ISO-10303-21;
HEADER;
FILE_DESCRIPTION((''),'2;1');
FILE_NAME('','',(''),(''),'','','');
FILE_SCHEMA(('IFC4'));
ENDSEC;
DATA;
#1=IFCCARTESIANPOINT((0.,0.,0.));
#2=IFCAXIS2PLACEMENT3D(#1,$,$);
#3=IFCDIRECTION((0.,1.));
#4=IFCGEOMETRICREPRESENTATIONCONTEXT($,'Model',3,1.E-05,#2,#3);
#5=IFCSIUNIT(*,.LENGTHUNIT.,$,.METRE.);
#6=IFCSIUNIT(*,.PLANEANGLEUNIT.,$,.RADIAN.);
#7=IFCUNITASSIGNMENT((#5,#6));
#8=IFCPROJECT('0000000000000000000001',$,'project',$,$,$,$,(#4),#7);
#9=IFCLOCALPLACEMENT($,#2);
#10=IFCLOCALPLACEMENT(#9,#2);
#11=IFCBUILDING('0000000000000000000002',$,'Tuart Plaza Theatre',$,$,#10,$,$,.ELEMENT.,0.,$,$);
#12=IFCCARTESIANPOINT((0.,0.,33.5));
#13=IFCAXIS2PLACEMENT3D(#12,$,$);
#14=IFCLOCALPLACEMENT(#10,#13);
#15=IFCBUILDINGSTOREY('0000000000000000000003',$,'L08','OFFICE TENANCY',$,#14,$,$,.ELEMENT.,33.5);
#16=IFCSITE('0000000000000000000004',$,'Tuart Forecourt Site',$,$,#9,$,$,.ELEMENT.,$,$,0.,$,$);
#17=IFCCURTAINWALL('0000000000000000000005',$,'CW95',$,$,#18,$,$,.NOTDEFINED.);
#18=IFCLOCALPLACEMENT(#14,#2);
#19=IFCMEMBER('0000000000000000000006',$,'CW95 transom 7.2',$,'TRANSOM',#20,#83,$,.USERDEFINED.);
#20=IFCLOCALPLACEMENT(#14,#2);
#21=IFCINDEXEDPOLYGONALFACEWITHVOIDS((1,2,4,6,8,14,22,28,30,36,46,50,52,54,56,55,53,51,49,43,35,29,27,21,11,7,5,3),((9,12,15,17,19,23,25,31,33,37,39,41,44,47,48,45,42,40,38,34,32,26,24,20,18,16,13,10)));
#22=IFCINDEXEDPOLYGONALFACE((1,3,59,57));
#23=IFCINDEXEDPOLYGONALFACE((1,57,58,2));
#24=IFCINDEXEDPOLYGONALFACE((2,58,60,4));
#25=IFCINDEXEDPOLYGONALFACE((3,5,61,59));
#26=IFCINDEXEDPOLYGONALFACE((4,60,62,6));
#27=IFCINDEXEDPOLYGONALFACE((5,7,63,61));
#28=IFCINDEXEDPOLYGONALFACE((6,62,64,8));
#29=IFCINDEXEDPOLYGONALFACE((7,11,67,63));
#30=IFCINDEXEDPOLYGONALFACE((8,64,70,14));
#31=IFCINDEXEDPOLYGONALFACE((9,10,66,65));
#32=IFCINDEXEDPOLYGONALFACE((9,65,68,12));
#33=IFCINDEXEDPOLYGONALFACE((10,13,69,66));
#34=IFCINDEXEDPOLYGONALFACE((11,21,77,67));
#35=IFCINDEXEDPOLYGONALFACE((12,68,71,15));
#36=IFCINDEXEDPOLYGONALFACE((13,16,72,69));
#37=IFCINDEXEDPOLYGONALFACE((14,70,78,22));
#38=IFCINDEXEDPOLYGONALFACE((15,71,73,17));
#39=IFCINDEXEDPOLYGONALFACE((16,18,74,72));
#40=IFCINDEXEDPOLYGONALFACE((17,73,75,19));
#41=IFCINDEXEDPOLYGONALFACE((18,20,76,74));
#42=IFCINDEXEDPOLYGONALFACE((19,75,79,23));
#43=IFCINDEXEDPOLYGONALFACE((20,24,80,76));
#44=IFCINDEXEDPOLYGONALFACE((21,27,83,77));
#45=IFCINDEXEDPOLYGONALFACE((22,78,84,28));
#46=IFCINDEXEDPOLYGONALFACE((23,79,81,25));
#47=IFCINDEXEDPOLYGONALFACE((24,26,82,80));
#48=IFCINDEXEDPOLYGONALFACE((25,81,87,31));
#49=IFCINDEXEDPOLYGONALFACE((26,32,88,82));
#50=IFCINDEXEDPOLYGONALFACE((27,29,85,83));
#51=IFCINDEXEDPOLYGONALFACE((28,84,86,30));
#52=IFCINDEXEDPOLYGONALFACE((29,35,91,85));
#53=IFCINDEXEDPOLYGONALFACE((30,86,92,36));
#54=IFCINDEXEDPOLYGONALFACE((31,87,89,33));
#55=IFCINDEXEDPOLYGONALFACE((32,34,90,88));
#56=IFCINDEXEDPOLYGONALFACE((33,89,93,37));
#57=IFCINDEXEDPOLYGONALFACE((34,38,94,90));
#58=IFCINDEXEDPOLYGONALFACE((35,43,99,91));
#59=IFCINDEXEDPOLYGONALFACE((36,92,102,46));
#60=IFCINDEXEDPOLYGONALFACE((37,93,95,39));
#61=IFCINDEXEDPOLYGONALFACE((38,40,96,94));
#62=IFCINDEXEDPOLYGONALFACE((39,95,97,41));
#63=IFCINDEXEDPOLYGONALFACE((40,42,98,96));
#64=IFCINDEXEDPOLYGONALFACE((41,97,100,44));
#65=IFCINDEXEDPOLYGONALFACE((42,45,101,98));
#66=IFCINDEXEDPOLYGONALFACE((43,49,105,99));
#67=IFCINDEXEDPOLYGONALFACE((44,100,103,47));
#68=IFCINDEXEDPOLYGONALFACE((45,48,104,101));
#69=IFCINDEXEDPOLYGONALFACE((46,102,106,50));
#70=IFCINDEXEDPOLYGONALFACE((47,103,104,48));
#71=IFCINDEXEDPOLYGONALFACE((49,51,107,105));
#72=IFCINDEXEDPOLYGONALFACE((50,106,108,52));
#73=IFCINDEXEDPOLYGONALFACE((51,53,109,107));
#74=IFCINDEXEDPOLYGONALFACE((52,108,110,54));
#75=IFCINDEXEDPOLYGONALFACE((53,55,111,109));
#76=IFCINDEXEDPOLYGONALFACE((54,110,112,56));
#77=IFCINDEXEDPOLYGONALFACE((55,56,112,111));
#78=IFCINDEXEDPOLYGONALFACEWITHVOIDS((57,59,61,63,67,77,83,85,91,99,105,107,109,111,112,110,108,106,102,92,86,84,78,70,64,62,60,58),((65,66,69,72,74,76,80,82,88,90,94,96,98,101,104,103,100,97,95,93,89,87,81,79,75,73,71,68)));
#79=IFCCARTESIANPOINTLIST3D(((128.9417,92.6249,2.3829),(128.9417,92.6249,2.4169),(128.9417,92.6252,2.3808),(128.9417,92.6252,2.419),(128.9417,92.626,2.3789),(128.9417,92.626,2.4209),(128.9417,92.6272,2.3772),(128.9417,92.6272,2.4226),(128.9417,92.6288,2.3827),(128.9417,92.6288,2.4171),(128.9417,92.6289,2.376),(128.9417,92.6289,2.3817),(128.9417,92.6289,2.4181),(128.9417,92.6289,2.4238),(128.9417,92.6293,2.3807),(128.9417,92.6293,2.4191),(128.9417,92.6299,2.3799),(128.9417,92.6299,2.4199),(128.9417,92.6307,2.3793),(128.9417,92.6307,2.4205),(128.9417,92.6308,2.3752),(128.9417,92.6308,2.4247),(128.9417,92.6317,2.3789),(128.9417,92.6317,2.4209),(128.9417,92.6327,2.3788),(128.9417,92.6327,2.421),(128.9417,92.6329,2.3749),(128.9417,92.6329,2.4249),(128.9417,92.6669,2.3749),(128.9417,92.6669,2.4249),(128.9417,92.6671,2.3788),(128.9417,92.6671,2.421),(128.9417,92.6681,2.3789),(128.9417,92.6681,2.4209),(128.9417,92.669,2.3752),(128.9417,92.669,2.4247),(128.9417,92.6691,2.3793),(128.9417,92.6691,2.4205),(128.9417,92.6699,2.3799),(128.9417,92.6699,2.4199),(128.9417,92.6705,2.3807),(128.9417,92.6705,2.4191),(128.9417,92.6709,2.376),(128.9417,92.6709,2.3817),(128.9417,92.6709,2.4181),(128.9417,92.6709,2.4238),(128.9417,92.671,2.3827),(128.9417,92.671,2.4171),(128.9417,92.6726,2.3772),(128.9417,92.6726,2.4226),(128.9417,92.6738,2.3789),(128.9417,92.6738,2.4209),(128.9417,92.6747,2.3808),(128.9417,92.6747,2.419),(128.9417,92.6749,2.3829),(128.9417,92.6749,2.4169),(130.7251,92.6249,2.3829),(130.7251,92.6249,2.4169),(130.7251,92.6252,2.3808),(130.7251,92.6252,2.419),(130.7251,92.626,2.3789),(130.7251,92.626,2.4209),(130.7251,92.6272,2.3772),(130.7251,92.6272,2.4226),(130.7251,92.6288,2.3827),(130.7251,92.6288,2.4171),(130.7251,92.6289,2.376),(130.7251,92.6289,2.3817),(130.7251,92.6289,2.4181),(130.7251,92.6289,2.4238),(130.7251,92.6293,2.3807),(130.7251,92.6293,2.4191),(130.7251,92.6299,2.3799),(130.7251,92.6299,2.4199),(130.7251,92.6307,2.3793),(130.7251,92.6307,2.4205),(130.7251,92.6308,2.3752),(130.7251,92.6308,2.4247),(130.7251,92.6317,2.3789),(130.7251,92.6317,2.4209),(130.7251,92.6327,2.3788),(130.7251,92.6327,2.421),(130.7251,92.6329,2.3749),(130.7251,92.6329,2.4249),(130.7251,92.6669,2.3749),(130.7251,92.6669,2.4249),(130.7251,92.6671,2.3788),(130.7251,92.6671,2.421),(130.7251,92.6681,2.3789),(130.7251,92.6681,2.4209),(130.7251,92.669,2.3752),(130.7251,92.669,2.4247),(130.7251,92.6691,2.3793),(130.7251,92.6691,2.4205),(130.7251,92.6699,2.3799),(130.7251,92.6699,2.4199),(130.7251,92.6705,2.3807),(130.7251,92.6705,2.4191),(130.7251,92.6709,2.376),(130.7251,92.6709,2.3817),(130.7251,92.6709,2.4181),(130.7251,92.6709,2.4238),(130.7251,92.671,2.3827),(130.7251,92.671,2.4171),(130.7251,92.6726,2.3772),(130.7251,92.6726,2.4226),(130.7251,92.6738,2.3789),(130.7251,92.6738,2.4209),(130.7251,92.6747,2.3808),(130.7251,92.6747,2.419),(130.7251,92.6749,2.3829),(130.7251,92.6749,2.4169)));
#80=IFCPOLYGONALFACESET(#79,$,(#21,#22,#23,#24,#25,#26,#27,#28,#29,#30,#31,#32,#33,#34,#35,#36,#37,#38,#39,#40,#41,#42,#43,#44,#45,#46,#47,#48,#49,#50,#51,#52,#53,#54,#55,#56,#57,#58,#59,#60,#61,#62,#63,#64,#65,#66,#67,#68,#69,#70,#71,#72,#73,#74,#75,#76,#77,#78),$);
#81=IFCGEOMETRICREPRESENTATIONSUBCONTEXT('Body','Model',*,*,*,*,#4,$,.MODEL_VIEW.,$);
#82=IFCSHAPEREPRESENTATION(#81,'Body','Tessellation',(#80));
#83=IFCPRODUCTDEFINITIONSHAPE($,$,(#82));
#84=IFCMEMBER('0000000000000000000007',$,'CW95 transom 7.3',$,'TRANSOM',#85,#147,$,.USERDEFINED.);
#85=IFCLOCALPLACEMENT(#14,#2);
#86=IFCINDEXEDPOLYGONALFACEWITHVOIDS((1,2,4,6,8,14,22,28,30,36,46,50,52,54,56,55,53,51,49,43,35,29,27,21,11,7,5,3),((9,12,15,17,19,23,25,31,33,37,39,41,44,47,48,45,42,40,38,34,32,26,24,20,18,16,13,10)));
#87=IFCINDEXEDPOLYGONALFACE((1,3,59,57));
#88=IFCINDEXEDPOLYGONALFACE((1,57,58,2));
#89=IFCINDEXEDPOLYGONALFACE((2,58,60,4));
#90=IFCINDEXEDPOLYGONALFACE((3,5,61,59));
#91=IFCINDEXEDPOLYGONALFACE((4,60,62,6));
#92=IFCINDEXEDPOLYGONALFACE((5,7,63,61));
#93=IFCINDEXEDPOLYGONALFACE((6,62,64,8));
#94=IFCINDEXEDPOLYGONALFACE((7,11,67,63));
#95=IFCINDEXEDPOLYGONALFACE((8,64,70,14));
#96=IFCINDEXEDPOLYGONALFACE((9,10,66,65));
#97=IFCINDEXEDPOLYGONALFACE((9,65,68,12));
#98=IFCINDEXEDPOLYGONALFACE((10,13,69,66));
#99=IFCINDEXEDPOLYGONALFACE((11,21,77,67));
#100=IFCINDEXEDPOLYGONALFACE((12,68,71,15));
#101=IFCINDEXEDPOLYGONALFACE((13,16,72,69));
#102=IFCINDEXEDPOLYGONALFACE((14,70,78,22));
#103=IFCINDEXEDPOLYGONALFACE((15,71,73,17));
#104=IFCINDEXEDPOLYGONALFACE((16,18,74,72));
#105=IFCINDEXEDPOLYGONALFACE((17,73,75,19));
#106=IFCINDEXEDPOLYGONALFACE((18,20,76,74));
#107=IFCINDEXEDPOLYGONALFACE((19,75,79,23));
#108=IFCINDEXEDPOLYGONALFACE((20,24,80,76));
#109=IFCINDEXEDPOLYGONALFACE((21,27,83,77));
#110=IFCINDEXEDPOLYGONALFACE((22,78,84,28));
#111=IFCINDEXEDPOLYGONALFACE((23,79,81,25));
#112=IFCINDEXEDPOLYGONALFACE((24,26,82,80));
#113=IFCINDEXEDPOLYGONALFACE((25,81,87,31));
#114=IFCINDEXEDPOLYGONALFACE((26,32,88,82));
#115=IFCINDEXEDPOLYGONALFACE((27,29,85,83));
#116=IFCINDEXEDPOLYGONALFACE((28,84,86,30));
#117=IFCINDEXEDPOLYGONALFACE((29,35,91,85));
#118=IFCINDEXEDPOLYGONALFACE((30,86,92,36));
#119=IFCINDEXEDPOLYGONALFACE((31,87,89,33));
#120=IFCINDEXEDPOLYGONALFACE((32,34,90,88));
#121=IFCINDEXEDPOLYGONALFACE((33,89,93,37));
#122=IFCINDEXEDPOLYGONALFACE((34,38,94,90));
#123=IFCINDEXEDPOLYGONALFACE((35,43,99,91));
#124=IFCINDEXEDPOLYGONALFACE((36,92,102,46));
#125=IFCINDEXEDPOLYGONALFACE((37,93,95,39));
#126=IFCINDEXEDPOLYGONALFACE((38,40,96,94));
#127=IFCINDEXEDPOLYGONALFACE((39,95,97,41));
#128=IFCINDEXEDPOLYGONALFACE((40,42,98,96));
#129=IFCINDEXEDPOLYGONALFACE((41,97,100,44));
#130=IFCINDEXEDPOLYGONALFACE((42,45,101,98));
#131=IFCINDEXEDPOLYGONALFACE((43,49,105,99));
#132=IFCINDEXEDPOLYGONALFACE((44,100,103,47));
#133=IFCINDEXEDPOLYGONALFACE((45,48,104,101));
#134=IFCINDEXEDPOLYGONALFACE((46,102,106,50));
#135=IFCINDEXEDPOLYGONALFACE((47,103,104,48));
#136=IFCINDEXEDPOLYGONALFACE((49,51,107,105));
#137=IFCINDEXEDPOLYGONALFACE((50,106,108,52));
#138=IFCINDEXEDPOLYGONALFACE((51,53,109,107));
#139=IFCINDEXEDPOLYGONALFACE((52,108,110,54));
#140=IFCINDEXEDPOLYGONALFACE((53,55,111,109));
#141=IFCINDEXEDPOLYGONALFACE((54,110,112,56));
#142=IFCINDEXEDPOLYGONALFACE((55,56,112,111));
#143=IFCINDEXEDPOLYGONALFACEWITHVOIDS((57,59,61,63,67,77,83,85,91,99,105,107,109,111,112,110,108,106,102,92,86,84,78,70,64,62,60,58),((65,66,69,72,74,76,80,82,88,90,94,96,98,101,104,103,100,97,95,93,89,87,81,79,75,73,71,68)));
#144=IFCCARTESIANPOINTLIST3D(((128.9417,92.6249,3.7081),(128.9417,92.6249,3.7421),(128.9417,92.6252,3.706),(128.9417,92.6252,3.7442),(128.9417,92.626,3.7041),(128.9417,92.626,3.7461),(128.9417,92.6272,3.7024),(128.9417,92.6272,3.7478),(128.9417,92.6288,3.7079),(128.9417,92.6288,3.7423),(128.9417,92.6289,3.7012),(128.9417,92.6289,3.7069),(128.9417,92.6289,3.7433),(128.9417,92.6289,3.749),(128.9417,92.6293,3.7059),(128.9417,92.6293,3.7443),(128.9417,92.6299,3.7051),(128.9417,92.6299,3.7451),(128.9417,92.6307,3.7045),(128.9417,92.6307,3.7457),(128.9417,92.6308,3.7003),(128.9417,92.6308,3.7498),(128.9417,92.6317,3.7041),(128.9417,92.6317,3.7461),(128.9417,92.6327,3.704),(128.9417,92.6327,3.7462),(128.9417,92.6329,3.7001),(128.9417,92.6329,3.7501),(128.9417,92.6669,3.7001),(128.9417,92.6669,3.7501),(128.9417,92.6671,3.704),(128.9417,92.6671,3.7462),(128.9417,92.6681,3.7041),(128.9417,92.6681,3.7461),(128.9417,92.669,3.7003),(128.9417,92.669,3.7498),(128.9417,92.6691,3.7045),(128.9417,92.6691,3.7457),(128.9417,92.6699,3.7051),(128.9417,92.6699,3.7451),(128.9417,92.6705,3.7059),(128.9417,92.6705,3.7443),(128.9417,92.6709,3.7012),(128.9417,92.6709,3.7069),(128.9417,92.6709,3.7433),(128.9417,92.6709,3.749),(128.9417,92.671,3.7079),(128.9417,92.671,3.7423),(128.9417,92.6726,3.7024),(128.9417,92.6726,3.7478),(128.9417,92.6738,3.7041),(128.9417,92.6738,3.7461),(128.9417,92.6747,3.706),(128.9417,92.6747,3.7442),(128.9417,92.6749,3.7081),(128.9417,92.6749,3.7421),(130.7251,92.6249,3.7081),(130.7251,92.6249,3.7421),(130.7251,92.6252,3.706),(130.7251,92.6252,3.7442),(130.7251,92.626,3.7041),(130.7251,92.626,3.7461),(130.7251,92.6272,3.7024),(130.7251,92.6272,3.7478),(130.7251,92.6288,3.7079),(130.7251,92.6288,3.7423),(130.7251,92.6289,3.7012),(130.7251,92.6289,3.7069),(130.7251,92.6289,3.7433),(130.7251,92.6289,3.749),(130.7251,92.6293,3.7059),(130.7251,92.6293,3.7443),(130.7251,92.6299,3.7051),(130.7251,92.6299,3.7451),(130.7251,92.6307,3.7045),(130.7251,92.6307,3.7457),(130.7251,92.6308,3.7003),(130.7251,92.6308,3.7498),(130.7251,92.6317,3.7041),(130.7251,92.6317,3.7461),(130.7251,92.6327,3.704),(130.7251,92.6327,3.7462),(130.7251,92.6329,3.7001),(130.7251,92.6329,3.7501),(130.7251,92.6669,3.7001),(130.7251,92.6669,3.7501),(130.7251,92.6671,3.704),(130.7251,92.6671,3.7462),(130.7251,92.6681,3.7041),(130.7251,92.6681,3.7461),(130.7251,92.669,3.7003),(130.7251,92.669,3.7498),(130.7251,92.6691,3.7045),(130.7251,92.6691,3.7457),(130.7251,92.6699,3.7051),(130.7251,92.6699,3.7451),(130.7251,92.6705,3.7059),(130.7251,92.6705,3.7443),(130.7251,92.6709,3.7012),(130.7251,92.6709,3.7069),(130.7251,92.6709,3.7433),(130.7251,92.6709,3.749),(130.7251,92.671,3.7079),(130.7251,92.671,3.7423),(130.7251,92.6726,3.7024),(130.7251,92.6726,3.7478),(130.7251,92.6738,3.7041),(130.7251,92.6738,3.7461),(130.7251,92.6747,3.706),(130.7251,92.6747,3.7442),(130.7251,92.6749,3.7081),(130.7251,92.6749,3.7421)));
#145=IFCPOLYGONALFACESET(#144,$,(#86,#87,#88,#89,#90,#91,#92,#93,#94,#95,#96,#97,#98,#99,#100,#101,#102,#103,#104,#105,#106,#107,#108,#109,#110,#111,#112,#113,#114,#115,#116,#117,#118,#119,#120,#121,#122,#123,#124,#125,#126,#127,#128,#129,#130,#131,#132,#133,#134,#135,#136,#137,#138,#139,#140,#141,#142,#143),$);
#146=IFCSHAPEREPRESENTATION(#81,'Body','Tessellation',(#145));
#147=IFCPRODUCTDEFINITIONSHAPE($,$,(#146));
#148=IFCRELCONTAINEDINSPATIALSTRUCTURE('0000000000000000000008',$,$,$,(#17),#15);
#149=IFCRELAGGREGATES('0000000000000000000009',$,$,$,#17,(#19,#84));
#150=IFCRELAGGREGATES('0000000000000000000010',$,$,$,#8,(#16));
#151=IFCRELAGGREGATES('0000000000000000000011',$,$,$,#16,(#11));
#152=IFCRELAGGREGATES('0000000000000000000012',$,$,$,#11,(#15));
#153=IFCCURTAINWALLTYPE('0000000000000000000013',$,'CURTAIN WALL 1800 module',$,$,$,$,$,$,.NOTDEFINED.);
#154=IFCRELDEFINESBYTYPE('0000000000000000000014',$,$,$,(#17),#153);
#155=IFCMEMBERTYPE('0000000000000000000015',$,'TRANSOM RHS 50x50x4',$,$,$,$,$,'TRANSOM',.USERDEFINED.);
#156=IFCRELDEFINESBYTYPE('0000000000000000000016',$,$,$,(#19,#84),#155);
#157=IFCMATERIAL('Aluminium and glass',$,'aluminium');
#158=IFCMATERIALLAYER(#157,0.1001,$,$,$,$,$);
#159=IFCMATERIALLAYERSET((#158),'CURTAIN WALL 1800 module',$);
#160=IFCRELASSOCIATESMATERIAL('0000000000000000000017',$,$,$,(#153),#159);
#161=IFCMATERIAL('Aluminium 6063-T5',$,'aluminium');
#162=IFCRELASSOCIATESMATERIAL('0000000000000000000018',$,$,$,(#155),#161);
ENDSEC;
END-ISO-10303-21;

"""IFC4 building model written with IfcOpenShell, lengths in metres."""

from ifc_helpers import new_model, si_unit, direction, frame, origin, origin_2d, place, context, subcontext, project, spatial, hollow_rectangle, extrude, material, layer, layer_set, material_profile, profile_set, type_object, element, aggregate, save


model = new_model("IFC4")

# Units and contexts
model_context = context("Model", 3, precision=1e-05, world=origin(), true_north=direction((0.0, 1.0)))
body_context = subcontext(model_context, "Body", "Model", "MODEL_VIEW")
ifc_project = project(units=[si_unit("LENGTHUNIT", "METRE"), si_unit("PLANEANGLEUNIT", "RADIAN")], contexts=[model_context])

# Site, building, storey
site_placement = place(None, origin())
site = spatial("IfcSite", under=ifc_project, at=site_placement, Name="Tuart Forecourt Site", CompositionType="ELEMENT", RefElevation=0.0)
building_placement = place(site_placement, origin())
building = spatial("IfcBuilding", under=site, at=building_placement, Name="Tuart Plaza Theatre", CompositionType="ELEMENT", ElevationOfRefHeight=0.0)
storey_placement = place(building_placement, frame((0.0, 0.0, 33.5)))
storey = spatial("IfcBuildingStorey", under=building, at=storey_placement, Name="L08", Description="OFFICE TENANCY", CompositionType="ELEMENT", Elevation=33.5)

# Curtain wall, members
ifc_material_1 = material(Name="Aluminium and glass", Category="aluminium")
ifc_layer_1 = layer(ifc_material_1, 0.1001)
ifc_layer_set_1 = layer_set([ifc_layer_1], Name="CURTAIN WALL 1800 module")
curtain_wall_type = type_object("IfcCurtainWallType", Name="CURTAIN WALL 1800 module", PredefinedType="NOTDEFINED", material=ifc_layer_set_1)
curtain_wall_placement = place(storey_placement, origin())
curtain_wall = element("IfcCurtainWall", 1, at=curtain_wall_placement, inside=storey, type_object=curtain_wall_type, Name="CW95", PredefinedType="NOTDEFINED")
ifc_material_2 = material(Name="Aluminium 6063-T5", Category="aluminium")
ifc_material_profile_1 = material_profile(ifc_material_2, hollow_rectangle(XDim=0.05, YDim=0.05, WallThickness=0.0039, InnerFilletRadius=0.0039, OuterFilletRadius=0.0081, at=origin_2d()), Name="RHS 50x50x4")
ifc_profile_set_1 = profile_set([ifc_material_profile_1], Name="Aluminium 6063-T5")
member_type_1 = type_object("IfcMemberType", Name="TRANSOM RHS 50x50x4", ElementType="TRANSOM", PredefinedType="USERDEFINED", material=ifc_profile_set_1)
member_1_placement = place(storey_placement, frame((130.7251, 92.6499, 2.3999), z_axis=(-1.0, 0.0, 0.0), x_axis=(0.0, -1.0, 0.0)))
member_1 = element("IfcMember", 2, at=member_1_placement, type_object=member_type_1, Name="CW95 transom 7.2", ObjectType="TRANSOM", PredefinedType="USERDEFINED", context=body_context, shape_type="SweptSolid", body=[
    extrude(hollow_rectangle(XDim=0.05, YDim=0.05, WallThickness=0.0039, InnerFilletRadius=0.0039, OuterFilletRadius=0.0081, at=origin_2d()), origin(), (0.0, 0.0, 1.0), 1.7834),
])
member_2_placement = place(storey_placement, frame((130.7251, 92.6499, 3.7251), z_axis=(-1.0, 0.0, 0.0), x_axis=(0.0, -1.0, 0.0)))
member_2 = element("IfcMember", 3, at=member_2_placement, type_object=member_type_1, Name="CW95 transom 7.3", ObjectType="TRANSOM", PredefinedType="USERDEFINED", context=body_context, shape_type="SweptSolid", body=[
    extrude(hollow_rectangle(XDim=0.05, YDim=0.05, WallThickness=0.0039, InnerFilletRadius=0.0039, OuterFilletRadius=0.0081, at=origin_2d()), origin(), (0.0, 0.0, 1.0), 1.7834),
])
aggregate(curtain_wall, [member_1, member_2])

save(model, "model.ifc")
